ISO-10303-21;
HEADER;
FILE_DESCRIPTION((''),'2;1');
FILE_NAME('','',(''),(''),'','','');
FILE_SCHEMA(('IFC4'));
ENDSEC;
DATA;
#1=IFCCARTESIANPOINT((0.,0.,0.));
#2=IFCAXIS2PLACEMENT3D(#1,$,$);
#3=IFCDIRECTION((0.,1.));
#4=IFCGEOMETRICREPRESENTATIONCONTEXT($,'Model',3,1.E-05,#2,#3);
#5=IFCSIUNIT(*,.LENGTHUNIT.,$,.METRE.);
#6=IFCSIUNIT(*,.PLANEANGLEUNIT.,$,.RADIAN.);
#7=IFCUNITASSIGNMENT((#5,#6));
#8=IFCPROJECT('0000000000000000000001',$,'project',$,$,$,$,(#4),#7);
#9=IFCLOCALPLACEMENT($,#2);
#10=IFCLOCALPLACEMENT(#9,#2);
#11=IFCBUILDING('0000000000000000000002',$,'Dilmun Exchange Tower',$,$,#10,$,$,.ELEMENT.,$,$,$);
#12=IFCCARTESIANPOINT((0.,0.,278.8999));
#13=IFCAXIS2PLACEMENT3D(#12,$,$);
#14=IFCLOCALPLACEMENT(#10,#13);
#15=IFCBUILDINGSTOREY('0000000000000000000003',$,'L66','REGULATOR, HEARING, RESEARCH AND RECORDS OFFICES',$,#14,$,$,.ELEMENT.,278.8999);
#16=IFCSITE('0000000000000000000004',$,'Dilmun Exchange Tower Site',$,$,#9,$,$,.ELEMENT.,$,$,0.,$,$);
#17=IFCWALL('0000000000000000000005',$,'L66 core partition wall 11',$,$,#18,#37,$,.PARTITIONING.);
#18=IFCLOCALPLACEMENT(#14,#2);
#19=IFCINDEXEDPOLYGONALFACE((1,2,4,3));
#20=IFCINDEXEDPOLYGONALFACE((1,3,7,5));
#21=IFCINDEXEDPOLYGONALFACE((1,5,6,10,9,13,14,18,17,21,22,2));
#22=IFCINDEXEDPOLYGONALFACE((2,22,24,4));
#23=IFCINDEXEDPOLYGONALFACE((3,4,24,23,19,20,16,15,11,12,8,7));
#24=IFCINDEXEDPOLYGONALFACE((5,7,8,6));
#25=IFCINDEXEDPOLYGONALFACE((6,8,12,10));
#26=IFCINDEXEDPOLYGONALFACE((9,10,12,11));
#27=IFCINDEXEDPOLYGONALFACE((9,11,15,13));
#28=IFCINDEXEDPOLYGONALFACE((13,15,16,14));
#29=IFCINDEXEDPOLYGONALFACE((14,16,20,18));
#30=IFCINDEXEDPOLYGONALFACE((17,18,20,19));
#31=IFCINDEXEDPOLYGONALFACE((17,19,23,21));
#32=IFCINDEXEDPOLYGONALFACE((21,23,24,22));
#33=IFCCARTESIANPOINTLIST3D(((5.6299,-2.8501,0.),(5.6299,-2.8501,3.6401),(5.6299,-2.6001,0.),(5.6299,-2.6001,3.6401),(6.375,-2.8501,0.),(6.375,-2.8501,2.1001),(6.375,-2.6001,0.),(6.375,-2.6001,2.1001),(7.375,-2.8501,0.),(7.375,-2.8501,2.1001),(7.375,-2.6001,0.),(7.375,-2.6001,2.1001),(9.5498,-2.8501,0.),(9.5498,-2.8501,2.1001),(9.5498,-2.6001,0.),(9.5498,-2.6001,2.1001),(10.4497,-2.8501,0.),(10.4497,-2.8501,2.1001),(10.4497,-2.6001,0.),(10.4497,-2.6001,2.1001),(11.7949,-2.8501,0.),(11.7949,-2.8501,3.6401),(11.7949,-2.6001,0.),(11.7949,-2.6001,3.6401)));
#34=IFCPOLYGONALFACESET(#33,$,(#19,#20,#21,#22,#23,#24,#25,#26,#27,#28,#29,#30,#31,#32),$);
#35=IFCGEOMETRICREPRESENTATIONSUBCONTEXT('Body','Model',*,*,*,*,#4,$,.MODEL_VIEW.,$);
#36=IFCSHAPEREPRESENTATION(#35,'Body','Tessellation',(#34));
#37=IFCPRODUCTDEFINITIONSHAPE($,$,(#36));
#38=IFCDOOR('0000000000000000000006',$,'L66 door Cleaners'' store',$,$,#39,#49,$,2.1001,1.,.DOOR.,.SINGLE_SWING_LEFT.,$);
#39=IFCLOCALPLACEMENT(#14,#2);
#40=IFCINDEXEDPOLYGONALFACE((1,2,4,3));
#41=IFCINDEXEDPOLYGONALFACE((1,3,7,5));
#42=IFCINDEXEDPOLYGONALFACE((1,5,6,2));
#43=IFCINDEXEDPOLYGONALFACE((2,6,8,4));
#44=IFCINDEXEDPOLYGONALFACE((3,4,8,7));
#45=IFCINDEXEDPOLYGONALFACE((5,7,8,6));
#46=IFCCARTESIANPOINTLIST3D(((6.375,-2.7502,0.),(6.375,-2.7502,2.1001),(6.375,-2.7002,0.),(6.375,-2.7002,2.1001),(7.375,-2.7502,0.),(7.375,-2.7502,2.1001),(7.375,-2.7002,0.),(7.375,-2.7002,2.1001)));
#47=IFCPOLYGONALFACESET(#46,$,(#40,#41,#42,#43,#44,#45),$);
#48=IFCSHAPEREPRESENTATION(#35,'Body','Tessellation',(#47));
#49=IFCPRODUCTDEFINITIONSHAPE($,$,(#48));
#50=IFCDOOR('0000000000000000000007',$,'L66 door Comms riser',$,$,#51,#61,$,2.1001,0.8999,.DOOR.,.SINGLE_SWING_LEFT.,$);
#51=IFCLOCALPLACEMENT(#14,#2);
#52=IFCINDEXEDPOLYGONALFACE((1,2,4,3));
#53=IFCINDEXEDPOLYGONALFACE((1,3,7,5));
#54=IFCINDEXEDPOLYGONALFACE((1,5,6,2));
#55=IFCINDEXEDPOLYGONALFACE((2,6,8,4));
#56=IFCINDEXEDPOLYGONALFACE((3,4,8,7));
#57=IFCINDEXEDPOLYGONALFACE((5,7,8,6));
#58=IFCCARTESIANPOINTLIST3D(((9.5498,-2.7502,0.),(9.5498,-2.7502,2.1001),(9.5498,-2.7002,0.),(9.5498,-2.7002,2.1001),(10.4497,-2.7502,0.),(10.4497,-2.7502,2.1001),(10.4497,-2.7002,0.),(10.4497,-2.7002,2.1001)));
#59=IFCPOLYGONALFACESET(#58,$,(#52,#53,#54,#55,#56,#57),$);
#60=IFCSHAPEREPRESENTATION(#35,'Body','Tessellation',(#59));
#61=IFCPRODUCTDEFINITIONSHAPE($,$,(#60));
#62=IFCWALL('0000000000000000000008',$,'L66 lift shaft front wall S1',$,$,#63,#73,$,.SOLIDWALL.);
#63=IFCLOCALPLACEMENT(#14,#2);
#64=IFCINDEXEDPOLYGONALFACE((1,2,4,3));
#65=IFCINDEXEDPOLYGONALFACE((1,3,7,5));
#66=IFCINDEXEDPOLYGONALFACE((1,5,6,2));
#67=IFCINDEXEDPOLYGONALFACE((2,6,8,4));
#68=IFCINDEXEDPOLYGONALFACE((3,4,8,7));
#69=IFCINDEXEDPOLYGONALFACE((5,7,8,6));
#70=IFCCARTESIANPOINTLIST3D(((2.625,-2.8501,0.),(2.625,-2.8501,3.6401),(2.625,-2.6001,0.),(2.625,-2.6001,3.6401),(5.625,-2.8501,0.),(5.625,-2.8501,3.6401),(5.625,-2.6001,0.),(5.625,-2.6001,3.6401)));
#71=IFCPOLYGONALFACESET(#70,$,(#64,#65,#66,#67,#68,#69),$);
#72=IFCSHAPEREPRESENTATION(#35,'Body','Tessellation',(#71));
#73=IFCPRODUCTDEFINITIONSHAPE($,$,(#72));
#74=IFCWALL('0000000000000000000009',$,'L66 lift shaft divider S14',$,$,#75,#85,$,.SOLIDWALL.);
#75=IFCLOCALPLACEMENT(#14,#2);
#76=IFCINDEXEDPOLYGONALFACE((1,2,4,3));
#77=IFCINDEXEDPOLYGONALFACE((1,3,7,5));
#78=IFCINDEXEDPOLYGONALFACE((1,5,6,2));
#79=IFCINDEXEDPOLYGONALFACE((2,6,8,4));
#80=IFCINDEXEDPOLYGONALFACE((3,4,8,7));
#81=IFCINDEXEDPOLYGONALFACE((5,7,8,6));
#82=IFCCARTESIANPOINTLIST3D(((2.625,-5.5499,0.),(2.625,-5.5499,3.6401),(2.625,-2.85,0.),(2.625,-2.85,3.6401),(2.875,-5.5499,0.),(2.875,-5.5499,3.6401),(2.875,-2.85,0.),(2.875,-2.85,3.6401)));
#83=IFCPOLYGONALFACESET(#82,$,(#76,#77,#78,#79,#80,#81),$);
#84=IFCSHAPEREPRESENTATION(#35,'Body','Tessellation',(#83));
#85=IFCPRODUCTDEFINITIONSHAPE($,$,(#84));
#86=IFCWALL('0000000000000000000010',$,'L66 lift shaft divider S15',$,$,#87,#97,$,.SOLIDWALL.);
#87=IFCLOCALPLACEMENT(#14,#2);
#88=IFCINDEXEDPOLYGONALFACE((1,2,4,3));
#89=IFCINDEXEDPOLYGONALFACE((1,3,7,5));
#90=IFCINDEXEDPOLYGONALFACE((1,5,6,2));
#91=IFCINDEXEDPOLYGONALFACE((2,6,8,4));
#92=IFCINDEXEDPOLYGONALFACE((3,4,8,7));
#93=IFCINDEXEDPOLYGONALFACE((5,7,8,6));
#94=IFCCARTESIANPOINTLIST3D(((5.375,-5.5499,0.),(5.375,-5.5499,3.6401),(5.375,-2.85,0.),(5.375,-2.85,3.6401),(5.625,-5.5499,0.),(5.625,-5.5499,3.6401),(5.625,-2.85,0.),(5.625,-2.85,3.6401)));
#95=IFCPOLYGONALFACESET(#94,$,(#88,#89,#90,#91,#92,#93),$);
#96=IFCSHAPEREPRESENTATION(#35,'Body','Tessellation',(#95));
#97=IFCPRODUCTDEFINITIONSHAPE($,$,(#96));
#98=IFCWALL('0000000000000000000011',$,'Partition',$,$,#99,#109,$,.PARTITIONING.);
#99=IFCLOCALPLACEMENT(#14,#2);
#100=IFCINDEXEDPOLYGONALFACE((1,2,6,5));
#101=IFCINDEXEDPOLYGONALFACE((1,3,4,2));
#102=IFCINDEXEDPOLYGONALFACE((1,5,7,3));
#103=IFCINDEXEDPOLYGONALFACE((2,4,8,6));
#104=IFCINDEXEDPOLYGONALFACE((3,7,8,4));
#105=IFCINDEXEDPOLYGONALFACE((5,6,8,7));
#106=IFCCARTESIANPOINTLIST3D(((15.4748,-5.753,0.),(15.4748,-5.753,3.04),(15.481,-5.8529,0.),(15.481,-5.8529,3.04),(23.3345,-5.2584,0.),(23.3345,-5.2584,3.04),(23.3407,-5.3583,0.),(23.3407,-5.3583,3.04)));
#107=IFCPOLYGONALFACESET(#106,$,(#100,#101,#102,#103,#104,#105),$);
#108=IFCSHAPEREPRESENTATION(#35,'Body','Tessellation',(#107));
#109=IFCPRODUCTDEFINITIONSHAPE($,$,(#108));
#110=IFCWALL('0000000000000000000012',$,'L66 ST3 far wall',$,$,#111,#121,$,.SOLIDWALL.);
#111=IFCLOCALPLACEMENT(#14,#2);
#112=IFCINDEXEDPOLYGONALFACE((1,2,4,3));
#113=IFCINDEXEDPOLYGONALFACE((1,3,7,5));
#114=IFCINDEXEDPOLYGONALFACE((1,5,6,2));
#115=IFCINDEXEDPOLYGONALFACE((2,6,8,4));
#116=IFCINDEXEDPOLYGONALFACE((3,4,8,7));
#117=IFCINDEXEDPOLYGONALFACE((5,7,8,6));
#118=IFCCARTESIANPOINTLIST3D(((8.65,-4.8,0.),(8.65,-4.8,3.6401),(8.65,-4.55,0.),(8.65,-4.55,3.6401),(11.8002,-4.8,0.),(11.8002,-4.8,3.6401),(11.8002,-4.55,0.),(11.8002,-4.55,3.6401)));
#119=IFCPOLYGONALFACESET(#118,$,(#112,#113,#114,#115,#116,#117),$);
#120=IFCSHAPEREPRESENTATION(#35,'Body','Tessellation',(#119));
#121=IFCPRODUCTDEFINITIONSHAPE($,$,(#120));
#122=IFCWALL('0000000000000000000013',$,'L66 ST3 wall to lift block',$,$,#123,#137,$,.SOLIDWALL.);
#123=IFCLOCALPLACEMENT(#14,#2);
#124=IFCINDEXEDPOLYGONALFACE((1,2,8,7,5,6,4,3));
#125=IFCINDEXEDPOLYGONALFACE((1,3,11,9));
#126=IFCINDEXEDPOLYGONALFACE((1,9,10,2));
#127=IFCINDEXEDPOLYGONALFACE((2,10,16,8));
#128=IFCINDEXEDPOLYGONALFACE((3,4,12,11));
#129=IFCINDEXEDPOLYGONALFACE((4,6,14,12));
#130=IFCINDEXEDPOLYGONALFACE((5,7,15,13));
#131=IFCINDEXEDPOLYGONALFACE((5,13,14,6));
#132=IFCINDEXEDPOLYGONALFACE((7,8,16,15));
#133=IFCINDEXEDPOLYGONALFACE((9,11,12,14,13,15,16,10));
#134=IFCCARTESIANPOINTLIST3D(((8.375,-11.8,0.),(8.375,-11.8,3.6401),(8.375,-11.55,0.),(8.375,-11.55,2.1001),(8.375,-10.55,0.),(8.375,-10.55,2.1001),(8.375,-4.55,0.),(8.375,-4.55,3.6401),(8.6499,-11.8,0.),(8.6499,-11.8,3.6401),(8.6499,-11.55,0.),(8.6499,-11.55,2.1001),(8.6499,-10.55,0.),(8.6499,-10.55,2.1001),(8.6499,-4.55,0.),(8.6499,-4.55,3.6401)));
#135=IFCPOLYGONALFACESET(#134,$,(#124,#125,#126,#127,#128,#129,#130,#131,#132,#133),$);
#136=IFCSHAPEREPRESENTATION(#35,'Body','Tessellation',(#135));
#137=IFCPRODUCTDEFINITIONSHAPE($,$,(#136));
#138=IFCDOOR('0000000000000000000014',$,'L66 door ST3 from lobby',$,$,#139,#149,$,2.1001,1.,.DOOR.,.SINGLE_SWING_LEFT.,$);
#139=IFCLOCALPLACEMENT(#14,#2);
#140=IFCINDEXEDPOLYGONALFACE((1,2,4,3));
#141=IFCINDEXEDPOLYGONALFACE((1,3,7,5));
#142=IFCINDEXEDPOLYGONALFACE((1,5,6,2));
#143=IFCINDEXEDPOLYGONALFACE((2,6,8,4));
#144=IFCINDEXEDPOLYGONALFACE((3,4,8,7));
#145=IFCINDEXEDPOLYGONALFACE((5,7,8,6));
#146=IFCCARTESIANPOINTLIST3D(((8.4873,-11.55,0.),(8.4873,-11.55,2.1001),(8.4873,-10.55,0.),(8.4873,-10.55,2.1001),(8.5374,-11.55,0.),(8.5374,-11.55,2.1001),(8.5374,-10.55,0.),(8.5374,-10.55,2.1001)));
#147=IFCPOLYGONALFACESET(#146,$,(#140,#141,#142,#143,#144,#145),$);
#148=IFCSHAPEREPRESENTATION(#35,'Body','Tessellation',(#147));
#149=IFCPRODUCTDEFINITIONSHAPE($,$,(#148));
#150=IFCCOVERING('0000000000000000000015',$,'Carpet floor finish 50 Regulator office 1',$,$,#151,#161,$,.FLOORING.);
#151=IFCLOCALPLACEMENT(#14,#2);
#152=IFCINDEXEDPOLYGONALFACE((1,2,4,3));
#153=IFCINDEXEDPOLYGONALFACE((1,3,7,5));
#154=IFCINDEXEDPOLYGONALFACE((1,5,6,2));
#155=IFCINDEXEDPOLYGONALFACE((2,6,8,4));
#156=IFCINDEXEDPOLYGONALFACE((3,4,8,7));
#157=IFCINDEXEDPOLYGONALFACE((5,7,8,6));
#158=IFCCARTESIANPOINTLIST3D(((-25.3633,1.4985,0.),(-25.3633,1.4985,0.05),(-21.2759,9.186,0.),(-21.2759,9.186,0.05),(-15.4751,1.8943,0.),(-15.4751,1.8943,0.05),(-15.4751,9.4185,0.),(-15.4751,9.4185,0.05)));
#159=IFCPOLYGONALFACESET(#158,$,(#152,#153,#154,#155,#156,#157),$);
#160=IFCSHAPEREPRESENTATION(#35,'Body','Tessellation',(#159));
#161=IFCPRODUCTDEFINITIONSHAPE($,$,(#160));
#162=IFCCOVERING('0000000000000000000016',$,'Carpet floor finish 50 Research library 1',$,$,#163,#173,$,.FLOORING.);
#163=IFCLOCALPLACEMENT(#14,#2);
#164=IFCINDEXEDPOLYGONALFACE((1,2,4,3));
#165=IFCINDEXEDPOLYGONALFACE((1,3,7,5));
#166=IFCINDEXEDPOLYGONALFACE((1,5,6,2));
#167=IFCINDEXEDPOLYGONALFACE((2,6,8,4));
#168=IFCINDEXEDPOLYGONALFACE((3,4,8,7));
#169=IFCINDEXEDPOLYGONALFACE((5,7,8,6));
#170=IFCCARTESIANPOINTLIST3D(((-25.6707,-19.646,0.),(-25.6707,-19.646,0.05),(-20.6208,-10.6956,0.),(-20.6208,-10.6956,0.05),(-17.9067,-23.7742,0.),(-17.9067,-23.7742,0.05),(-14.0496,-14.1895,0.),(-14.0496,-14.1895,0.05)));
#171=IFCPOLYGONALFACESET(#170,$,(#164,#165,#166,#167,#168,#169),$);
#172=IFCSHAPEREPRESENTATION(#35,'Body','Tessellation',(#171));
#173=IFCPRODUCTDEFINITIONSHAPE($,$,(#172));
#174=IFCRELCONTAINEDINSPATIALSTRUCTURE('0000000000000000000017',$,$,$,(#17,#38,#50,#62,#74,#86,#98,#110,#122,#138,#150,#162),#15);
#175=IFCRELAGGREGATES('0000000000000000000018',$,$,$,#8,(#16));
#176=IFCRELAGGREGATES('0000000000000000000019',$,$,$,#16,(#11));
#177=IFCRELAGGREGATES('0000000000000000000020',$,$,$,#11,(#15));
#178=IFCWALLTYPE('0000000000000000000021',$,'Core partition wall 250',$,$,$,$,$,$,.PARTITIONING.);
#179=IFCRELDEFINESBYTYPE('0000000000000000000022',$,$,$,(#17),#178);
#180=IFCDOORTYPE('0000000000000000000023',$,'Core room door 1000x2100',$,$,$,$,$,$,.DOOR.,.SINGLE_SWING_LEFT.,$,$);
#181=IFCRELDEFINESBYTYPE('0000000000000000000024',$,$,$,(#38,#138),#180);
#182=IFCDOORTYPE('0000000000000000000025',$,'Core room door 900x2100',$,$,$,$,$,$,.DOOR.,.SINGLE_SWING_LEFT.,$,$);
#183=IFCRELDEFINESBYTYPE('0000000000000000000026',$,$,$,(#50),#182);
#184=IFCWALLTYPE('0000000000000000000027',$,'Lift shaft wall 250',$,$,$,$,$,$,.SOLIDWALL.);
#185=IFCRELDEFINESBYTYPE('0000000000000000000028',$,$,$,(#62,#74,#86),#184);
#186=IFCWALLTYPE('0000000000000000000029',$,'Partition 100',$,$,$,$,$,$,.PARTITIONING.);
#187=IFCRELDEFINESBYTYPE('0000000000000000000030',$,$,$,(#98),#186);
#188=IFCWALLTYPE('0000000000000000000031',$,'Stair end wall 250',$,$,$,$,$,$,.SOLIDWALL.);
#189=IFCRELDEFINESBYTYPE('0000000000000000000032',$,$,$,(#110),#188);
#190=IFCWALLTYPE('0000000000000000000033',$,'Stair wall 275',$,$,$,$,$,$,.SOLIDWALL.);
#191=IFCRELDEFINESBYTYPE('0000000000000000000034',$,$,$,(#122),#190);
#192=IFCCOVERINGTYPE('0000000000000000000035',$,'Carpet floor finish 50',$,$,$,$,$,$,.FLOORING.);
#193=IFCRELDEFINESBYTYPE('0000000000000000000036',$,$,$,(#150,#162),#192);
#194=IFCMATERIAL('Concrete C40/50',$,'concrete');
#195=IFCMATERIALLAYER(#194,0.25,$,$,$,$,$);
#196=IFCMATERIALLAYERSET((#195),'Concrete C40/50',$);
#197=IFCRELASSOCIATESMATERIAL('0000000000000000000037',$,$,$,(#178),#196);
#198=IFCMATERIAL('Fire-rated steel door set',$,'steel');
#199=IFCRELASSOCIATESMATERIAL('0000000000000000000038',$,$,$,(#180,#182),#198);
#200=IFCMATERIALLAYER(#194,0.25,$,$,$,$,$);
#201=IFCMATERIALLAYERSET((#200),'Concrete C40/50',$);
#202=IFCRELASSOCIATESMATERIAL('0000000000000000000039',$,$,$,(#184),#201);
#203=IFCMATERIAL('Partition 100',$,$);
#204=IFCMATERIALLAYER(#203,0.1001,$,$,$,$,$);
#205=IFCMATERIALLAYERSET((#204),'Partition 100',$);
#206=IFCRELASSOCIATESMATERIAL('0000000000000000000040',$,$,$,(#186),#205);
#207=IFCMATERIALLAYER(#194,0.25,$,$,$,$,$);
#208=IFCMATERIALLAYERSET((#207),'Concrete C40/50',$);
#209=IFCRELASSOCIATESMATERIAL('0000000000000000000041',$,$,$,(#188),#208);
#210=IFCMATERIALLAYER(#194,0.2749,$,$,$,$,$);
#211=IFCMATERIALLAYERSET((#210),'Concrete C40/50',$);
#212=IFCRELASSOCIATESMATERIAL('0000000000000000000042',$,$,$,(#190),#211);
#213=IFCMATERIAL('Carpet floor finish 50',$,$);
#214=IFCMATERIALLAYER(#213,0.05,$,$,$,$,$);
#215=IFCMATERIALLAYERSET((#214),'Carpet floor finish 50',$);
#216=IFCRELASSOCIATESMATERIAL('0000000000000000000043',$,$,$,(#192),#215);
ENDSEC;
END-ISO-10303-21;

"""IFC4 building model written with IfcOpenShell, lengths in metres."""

from ifc_helpers import new_model, si_unit, direction, frame, frame_2d, origin, place, context, subcontext, project, spatial, polyline, rectangle, outline, extrude, material, layer, layer_set, type_object, element, fill, save


model = new_model("IFC4")

# Units and contexts
model_context = context("Model", 3, precision=1e-05, world=origin(), true_north=direction((0.0, 1.0)))
body_context = subcontext(model_context, "Body", "Model", "MODEL_VIEW")
ifc_project = project(units=[si_unit("LENGTHUNIT", "METRE"), si_unit("PLANEANGLEUNIT", "RADIAN")], contexts=[model_context])

# Site, building, storey
site_placement = place(None, origin())
site = spatial("IfcSite", under=ifc_project, at=site_placement, Name="Dilmun Exchange Tower Site", CompositionType="ELEMENT", RefElevation=0.0)
building_placement = place(site_placement, origin())
building = spatial("IfcBuilding", under=site, at=building_placement, Name="Dilmun Exchange Tower", CompositionType="ELEMENT")
storey_placement = place(building_placement, frame((0.0, 0.0, 278.8999)))
storey = spatial("IfcBuildingStorey", under=building, at=storey_placement, Name="L66", Description="REGULATOR, HEARING, RESEARCH AND RECORDS OFFICES", CompositionType="ELEMENT", Elevation=278.8999)

# Shared definitions
ifc_material_1 = material(Name="Concrete C40/50", Category="concrete")

# Shared definitions
ifc_material_2 = material(Name="Fire-rated steel door set", Category="steel")

# Shared definitions
ifc_layer_1 = layer(ifc_material_1, 0.25)
ifc_layer_set_1 = layer_set([ifc_layer_1], Name="Concrete C40/50")
wall_type_1 = type_object("IfcWallType", Name="Core partition wall 250", PredefinedType="PARTITIONING", material=ifc_layer_set_1)

# Wall, openings, doors
wall_1_placement = place(storey_placement, frame((5.6299, -2.7251, 0.0), z_axis=(0.0, 0.0, 1.0), x_axis=(1.0, 0.0, 0.0)))
wall_1 = element("IfcWall", 1, at=wall_1_placement, inside=storey, type_object=wall_type_1, Name="L66 core partition wall 11", PredefinedType="PARTITIONING", context=body_context, shape_type="SweptSolid", body=[
    extrude(rectangle(XDim=6.165, YDim=0.25, at=frame_2d((3.0825, 0.0))), origin(), (0.0, 0.0, 1.0), 3.6401),
])
opening_1_placement = place(wall_1_placement, frame((0.7451, 0.0, 0.0)))
opening_1 = element("IfcOpeningElement", 2, at=opening_1_placement, cuts=wall_1, PredefinedType="OPENING", context=body_context, shape_type="SweptSolid", body=[
    extrude(rectangle(XDim=1.0, YDim=2.1001, at=frame_2d((0.5, 1.05))), frame((0.0, 0.135, 0.0), z_axis=(0.0, -1.0, 0.0), x_axis=(1.0, 0.0, 0.0)), (0.0, 0.0, 1.0), 0.27),
])
opening_2_placement = place(wall_1_placement, frame((3.9199, 0.0, 0.0)))
opening_2 = element("IfcOpeningElement", 3, at=opening_2_placement, cuts=wall_1, PredefinedType="OPENING", context=body_context, shape_type="SweptSolid", body=[
    extrude(rectangle(XDim=0.8999, YDim=2.1001, at=frame_2d((0.45, 1.05))), frame((0.0, 0.135, 0.0), z_axis=(0.0, -1.0, 0.0), x_axis=(1.0, 0.0, 0.0)), (0.0, 0.0, 1.0), 0.27),
])
door_type_1 = type_object("IfcDoorType", Name="Core room door 1000x2100", OperationType="SINGLE_SWING_LEFT", PredefinedType="DOOR", material=ifc_material_2)
door_1_placement = place(opening_1_placement, origin())
door_1 = element("IfcDoor", 4, at=door_1_placement, inside=storey, type_object=door_type_1, Name="L66 door Cleaners' store", OperationType="SINGLE_SWING_LEFT", OverallHeight=2.1001, OverallWidth=1.0, PredefinedType="DOOR", context=body_context, shape_type="SweptSolid", body=[
    extrude(rectangle(XDim=1.0, YDim=2.1001, at=frame_2d((0.5, 1.05))), frame((0.0, 0.0249, 0.0), z_axis=(0.0, -1.0, 0.0), x_axis=(1.0, 0.0, 0.0)), (0.0, 0.0, 1.0), 0.05),
])
fill(opening_1, door_1)
door_type_2 = type_object("IfcDoorType", Name="Core room door 900x2100", OperationType="SINGLE_SWING_LEFT", PredefinedType="DOOR", material=ifc_material_2)
door_2_placement = place(opening_2_placement, origin())
door_2 = element("IfcDoor", 5, at=door_2_placement, inside=storey, type_object=door_type_2, Name="L66 door Comms riser", OperationType="SINGLE_SWING_LEFT", OverallHeight=2.1001, OverallWidth=0.8999, PredefinedType="DOOR", context=body_context, shape_type="SweptSolid", body=[
    extrude(rectangle(XDim=0.8999, YDim=2.1001, at=frame_2d((0.45, 1.05))), frame((0.0, 0.0249, 0.0), z_axis=(0.0, -1.0, 0.0), x_axis=(1.0, 0.0, 0.0)), (0.0, 0.0, 1.0), 0.05),
])
fill(opening_2, door_2)

# Walls
ifc_layer_2 = layer(ifc_material_1, 0.25)
ifc_layer_set_2 = layer_set([ifc_layer_2], Name="Concrete C40/50")
wall_type_2 = type_object("IfcWallType", Name="Lift shaft wall 250", PredefinedType="SOLIDWALL", material=ifc_layer_set_2)
wall_2_placement = place(storey_placement, frame((2.625, -2.7251, 0.0), z_axis=(0.0, 0.0, 1.0), x_axis=(1.0, 0.0, 0.0)))
element("IfcWall", 6, at=wall_2_placement, inside=storey, type_object=wall_type_2, Name="L66 lift shaft front wall S1", PredefinedType="SOLIDWALL", context=body_context, shape_type="SweptSolid", body=[
    extrude(rectangle(XDim=3.0, YDim=0.25, at=frame_2d((1.5, 0.0))), origin(), (0.0, 0.0, 1.0), 3.6401),
])
for number, where, z_axis, x_axis, name in (
    (7, (2.75, -5.55, 0.0), (0.0, 0.0, 1.0), (0.0, 1.0, 0.0), "L66 lift shaft divider S14"),
    (8, (5.5, -5.55, 0.0), (0.0, 0.0, 1.0), (0.0, 1.0, 0.0), "L66 lift shaft divider S15"),
):
    element("IfcWall", number, at=place(storey_placement, frame(where, z_axis=z_axis, x_axis=x_axis)), inside=storey, type_object=wall_type_2, Name=name, PredefinedType="SOLIDWALL", context=body_context, shape_type="SweptSolid", body=[
        extrude(rectangle(XDim=2.7, YDim=0.25, at=frame_2d((1.3501, 0.0))), origin(), (0.0, 0.0, 1.0), 3.6401),
    ])
ifc_material_3 = material(Name="Partition 100")
ifc_layer_3 = layer(ifc_material_3, 0.1001)
ifc_layer_set_3 = layer_set([ifc_layer_3], Name="Partition 100")
wall_type_3 = type_object("IfcWallType", Name="Partition 100", PredefinedType="PARTITIONING", material=ifc_layer_set_3)
wall_3_placement = place(storey_placement, frame((15.478, -5.803, 0.0), z_axis=(0.0, 0.0, 1.0), x_axis=(0.998026, 0.062809, 0.0)))
element("IfcWall", 9, at=wall_3_placement, inside=storey, type_object=wall_type_3, Name="Partition", PredefinedType="PARTITIONING", context=body_context, shape_type="SweptSolid", body=[
    extrude(rectangle(XDim=7.8752, YDim=0.1001, at=frame_2d((3.9375, 0.0))), origin(), (0.0, 0.0, 1.0), 3.04),
])
ifc_layer_4 = layer(ifc_material_1, 0.25)
ifc_layer_set_4 = layer_set([ifc_layer_4], Name="Concrete C40/50")
wall_type_4 = type_object("IfcWallType", Name="Stair end wall 250", PredefinedType="SOLIDWALL", material=ifc_layer_set_4)
wall_4_placement = place(storey_placement, frame((8.6499, -4.675, 0.0), z_axis=(0.0, 0.0, 1.0), x_axis=(1.0, 0.0, 0.0)))
element("IfcWall", 10, at=wall_4_placement, inside=storey, type_object=wall_type_4, Name="L66 ST3 far wall", PredefinedType="SOLIDWALL", context=body_context, shape_type="SweptSolid", body=[
    extrude(rectangle(XDim=3.1501, YDim=0.25, at=frame_2d((1.5752, 0.0))), origin(), (0.0, 0.0, 1.0), 3.6401),
])

# Wall, opening, door
ifc_layer_5 = layer(ifc_material_1, 0.2749)
ifc_layer_set_5 = layer_set([ifc_layer_5], Name="Concrete C40/50")
wall_type_5 = type_object("IfcWallType", Name="Stair wall 275", PredefinedType="SOLIDWALL", material=ifc_layer_set_5)
wall_5_placement = place(storey_placement, frame((8.5125, -4.55, 0.0), z_axis=(0.0, 0.0, 1.0), x_axis=(0.0, -1.0, 0.0)))
wall_5 = element("IfcWall", 11, at=wall_5_placement, inside=storey, type_object=wall_type_5, Name="L66 ST3 wall to lift block", PredefinedType="SOLIDWALL", context=body_context, shape_type="SweptSolid", body=[
    extrude(rectangle(XDim=7.25, YDim=0.2749, at=frame_2d((3.625, 0.0))), origin(), (0.0, 0.0, 1.0), 3.6401),
])
opening_3_placement = place(wall_5_placement, frame((6.0, 0.0, 0.0)))
opening_3 = element("IfcOpeningElement", 12, at=opening_3_placement, cuts=wall_5, PredefinedType="OPENING", context=body_context, shape_type="SweptSolid", body=[
    extrude(rectangle(XDim=1.0, YDim=2.1001, at=frame_2d((0.5, 1.05))), frame((0.0, 0.1475, 0.0), z_axis=(0.0, -1.0, 0.0), x_axis=(1.0, 0.0, 0.0)), (0.0, 0.0, 1.0), 0.2949),
])
door_3_placement = place(opening_3_placement, origin())
door_3 = element("IfcDoor", 13, at=door_3_placement, inside=storey, type_object=door_type_1, Name="L66 door ST3 from lobby", OperationType="SINGLE_SWING_LEFT", OverallHeight=2.1001, OverallWidth=1.0, PredefinedType="DOOR", context=body_context, shape_type="SweptSolid", body=[
    extrude(rectangle(XDim=1.0, YDim=2.1001, at=frame_2d((0.5, 1.05))), frame((0.0, 0.0249, 0.0), z_axis=(0.0, -1.0, 0.0), x_axis=(1.0, 0.0, 0.0)), (0.0, 0.0, 1.0), 0.05),
])
fill(opening_3, door_3)

# Coverings
ifc_material_4 = material(Name="Carpet floor finish 50")
ifc_layer_6 = layer(ifc_material_4, 0.05)
ifc_layer_set_6 = layer_set([ifc_layer_6], Name="Carpet floor finish 50")
covering_type_1 = type_object("IfcCoveringType", Name="Carpet floor finish 50", PredefinedType="FLOORING", material=ifc_layer_set_6)
covering_1_placement = place(storey_placement, origin())
element("IfcCovering", 14, at=covering_1_placement, inside=storey, type_object=covering_type_1, Name="Carpet floor finish 50 Regulator office 1", PredefinedType="FLOORING", context=body_context, shape_type="SweptSolid", body=[
    extrude(outline(polyline([(-15.4751, 9.4185), (-15.4751, 1.8943), (-25.3633, 1.4985), (-21.2759, 9.186), (-15.4751, 9.4185)])), origin(), (0.0, 0.0, 1.0), 0.05),
])
covering_2_placement = place(storey_placement, origin())
element("IfcCovering", 15, at=covering_2_placement, inside=storey, type_object=covering_type_1, Name="Carpet floor finish 50 Research library 1", PredefinedType="FLOORING", context=body_context, shape_type="SweptSolid", body=[
    extrude(outline(polyline([(-14.0496, -14.1895), (-17.9067, -23.7742), (-25.6707, -19.646), (-20.6208, -10.6956), (-14.0496, -14.1895)])), origin(), (0.0, 0.0, 1.0), 0.05),
])

save(model, "model.ifc")
